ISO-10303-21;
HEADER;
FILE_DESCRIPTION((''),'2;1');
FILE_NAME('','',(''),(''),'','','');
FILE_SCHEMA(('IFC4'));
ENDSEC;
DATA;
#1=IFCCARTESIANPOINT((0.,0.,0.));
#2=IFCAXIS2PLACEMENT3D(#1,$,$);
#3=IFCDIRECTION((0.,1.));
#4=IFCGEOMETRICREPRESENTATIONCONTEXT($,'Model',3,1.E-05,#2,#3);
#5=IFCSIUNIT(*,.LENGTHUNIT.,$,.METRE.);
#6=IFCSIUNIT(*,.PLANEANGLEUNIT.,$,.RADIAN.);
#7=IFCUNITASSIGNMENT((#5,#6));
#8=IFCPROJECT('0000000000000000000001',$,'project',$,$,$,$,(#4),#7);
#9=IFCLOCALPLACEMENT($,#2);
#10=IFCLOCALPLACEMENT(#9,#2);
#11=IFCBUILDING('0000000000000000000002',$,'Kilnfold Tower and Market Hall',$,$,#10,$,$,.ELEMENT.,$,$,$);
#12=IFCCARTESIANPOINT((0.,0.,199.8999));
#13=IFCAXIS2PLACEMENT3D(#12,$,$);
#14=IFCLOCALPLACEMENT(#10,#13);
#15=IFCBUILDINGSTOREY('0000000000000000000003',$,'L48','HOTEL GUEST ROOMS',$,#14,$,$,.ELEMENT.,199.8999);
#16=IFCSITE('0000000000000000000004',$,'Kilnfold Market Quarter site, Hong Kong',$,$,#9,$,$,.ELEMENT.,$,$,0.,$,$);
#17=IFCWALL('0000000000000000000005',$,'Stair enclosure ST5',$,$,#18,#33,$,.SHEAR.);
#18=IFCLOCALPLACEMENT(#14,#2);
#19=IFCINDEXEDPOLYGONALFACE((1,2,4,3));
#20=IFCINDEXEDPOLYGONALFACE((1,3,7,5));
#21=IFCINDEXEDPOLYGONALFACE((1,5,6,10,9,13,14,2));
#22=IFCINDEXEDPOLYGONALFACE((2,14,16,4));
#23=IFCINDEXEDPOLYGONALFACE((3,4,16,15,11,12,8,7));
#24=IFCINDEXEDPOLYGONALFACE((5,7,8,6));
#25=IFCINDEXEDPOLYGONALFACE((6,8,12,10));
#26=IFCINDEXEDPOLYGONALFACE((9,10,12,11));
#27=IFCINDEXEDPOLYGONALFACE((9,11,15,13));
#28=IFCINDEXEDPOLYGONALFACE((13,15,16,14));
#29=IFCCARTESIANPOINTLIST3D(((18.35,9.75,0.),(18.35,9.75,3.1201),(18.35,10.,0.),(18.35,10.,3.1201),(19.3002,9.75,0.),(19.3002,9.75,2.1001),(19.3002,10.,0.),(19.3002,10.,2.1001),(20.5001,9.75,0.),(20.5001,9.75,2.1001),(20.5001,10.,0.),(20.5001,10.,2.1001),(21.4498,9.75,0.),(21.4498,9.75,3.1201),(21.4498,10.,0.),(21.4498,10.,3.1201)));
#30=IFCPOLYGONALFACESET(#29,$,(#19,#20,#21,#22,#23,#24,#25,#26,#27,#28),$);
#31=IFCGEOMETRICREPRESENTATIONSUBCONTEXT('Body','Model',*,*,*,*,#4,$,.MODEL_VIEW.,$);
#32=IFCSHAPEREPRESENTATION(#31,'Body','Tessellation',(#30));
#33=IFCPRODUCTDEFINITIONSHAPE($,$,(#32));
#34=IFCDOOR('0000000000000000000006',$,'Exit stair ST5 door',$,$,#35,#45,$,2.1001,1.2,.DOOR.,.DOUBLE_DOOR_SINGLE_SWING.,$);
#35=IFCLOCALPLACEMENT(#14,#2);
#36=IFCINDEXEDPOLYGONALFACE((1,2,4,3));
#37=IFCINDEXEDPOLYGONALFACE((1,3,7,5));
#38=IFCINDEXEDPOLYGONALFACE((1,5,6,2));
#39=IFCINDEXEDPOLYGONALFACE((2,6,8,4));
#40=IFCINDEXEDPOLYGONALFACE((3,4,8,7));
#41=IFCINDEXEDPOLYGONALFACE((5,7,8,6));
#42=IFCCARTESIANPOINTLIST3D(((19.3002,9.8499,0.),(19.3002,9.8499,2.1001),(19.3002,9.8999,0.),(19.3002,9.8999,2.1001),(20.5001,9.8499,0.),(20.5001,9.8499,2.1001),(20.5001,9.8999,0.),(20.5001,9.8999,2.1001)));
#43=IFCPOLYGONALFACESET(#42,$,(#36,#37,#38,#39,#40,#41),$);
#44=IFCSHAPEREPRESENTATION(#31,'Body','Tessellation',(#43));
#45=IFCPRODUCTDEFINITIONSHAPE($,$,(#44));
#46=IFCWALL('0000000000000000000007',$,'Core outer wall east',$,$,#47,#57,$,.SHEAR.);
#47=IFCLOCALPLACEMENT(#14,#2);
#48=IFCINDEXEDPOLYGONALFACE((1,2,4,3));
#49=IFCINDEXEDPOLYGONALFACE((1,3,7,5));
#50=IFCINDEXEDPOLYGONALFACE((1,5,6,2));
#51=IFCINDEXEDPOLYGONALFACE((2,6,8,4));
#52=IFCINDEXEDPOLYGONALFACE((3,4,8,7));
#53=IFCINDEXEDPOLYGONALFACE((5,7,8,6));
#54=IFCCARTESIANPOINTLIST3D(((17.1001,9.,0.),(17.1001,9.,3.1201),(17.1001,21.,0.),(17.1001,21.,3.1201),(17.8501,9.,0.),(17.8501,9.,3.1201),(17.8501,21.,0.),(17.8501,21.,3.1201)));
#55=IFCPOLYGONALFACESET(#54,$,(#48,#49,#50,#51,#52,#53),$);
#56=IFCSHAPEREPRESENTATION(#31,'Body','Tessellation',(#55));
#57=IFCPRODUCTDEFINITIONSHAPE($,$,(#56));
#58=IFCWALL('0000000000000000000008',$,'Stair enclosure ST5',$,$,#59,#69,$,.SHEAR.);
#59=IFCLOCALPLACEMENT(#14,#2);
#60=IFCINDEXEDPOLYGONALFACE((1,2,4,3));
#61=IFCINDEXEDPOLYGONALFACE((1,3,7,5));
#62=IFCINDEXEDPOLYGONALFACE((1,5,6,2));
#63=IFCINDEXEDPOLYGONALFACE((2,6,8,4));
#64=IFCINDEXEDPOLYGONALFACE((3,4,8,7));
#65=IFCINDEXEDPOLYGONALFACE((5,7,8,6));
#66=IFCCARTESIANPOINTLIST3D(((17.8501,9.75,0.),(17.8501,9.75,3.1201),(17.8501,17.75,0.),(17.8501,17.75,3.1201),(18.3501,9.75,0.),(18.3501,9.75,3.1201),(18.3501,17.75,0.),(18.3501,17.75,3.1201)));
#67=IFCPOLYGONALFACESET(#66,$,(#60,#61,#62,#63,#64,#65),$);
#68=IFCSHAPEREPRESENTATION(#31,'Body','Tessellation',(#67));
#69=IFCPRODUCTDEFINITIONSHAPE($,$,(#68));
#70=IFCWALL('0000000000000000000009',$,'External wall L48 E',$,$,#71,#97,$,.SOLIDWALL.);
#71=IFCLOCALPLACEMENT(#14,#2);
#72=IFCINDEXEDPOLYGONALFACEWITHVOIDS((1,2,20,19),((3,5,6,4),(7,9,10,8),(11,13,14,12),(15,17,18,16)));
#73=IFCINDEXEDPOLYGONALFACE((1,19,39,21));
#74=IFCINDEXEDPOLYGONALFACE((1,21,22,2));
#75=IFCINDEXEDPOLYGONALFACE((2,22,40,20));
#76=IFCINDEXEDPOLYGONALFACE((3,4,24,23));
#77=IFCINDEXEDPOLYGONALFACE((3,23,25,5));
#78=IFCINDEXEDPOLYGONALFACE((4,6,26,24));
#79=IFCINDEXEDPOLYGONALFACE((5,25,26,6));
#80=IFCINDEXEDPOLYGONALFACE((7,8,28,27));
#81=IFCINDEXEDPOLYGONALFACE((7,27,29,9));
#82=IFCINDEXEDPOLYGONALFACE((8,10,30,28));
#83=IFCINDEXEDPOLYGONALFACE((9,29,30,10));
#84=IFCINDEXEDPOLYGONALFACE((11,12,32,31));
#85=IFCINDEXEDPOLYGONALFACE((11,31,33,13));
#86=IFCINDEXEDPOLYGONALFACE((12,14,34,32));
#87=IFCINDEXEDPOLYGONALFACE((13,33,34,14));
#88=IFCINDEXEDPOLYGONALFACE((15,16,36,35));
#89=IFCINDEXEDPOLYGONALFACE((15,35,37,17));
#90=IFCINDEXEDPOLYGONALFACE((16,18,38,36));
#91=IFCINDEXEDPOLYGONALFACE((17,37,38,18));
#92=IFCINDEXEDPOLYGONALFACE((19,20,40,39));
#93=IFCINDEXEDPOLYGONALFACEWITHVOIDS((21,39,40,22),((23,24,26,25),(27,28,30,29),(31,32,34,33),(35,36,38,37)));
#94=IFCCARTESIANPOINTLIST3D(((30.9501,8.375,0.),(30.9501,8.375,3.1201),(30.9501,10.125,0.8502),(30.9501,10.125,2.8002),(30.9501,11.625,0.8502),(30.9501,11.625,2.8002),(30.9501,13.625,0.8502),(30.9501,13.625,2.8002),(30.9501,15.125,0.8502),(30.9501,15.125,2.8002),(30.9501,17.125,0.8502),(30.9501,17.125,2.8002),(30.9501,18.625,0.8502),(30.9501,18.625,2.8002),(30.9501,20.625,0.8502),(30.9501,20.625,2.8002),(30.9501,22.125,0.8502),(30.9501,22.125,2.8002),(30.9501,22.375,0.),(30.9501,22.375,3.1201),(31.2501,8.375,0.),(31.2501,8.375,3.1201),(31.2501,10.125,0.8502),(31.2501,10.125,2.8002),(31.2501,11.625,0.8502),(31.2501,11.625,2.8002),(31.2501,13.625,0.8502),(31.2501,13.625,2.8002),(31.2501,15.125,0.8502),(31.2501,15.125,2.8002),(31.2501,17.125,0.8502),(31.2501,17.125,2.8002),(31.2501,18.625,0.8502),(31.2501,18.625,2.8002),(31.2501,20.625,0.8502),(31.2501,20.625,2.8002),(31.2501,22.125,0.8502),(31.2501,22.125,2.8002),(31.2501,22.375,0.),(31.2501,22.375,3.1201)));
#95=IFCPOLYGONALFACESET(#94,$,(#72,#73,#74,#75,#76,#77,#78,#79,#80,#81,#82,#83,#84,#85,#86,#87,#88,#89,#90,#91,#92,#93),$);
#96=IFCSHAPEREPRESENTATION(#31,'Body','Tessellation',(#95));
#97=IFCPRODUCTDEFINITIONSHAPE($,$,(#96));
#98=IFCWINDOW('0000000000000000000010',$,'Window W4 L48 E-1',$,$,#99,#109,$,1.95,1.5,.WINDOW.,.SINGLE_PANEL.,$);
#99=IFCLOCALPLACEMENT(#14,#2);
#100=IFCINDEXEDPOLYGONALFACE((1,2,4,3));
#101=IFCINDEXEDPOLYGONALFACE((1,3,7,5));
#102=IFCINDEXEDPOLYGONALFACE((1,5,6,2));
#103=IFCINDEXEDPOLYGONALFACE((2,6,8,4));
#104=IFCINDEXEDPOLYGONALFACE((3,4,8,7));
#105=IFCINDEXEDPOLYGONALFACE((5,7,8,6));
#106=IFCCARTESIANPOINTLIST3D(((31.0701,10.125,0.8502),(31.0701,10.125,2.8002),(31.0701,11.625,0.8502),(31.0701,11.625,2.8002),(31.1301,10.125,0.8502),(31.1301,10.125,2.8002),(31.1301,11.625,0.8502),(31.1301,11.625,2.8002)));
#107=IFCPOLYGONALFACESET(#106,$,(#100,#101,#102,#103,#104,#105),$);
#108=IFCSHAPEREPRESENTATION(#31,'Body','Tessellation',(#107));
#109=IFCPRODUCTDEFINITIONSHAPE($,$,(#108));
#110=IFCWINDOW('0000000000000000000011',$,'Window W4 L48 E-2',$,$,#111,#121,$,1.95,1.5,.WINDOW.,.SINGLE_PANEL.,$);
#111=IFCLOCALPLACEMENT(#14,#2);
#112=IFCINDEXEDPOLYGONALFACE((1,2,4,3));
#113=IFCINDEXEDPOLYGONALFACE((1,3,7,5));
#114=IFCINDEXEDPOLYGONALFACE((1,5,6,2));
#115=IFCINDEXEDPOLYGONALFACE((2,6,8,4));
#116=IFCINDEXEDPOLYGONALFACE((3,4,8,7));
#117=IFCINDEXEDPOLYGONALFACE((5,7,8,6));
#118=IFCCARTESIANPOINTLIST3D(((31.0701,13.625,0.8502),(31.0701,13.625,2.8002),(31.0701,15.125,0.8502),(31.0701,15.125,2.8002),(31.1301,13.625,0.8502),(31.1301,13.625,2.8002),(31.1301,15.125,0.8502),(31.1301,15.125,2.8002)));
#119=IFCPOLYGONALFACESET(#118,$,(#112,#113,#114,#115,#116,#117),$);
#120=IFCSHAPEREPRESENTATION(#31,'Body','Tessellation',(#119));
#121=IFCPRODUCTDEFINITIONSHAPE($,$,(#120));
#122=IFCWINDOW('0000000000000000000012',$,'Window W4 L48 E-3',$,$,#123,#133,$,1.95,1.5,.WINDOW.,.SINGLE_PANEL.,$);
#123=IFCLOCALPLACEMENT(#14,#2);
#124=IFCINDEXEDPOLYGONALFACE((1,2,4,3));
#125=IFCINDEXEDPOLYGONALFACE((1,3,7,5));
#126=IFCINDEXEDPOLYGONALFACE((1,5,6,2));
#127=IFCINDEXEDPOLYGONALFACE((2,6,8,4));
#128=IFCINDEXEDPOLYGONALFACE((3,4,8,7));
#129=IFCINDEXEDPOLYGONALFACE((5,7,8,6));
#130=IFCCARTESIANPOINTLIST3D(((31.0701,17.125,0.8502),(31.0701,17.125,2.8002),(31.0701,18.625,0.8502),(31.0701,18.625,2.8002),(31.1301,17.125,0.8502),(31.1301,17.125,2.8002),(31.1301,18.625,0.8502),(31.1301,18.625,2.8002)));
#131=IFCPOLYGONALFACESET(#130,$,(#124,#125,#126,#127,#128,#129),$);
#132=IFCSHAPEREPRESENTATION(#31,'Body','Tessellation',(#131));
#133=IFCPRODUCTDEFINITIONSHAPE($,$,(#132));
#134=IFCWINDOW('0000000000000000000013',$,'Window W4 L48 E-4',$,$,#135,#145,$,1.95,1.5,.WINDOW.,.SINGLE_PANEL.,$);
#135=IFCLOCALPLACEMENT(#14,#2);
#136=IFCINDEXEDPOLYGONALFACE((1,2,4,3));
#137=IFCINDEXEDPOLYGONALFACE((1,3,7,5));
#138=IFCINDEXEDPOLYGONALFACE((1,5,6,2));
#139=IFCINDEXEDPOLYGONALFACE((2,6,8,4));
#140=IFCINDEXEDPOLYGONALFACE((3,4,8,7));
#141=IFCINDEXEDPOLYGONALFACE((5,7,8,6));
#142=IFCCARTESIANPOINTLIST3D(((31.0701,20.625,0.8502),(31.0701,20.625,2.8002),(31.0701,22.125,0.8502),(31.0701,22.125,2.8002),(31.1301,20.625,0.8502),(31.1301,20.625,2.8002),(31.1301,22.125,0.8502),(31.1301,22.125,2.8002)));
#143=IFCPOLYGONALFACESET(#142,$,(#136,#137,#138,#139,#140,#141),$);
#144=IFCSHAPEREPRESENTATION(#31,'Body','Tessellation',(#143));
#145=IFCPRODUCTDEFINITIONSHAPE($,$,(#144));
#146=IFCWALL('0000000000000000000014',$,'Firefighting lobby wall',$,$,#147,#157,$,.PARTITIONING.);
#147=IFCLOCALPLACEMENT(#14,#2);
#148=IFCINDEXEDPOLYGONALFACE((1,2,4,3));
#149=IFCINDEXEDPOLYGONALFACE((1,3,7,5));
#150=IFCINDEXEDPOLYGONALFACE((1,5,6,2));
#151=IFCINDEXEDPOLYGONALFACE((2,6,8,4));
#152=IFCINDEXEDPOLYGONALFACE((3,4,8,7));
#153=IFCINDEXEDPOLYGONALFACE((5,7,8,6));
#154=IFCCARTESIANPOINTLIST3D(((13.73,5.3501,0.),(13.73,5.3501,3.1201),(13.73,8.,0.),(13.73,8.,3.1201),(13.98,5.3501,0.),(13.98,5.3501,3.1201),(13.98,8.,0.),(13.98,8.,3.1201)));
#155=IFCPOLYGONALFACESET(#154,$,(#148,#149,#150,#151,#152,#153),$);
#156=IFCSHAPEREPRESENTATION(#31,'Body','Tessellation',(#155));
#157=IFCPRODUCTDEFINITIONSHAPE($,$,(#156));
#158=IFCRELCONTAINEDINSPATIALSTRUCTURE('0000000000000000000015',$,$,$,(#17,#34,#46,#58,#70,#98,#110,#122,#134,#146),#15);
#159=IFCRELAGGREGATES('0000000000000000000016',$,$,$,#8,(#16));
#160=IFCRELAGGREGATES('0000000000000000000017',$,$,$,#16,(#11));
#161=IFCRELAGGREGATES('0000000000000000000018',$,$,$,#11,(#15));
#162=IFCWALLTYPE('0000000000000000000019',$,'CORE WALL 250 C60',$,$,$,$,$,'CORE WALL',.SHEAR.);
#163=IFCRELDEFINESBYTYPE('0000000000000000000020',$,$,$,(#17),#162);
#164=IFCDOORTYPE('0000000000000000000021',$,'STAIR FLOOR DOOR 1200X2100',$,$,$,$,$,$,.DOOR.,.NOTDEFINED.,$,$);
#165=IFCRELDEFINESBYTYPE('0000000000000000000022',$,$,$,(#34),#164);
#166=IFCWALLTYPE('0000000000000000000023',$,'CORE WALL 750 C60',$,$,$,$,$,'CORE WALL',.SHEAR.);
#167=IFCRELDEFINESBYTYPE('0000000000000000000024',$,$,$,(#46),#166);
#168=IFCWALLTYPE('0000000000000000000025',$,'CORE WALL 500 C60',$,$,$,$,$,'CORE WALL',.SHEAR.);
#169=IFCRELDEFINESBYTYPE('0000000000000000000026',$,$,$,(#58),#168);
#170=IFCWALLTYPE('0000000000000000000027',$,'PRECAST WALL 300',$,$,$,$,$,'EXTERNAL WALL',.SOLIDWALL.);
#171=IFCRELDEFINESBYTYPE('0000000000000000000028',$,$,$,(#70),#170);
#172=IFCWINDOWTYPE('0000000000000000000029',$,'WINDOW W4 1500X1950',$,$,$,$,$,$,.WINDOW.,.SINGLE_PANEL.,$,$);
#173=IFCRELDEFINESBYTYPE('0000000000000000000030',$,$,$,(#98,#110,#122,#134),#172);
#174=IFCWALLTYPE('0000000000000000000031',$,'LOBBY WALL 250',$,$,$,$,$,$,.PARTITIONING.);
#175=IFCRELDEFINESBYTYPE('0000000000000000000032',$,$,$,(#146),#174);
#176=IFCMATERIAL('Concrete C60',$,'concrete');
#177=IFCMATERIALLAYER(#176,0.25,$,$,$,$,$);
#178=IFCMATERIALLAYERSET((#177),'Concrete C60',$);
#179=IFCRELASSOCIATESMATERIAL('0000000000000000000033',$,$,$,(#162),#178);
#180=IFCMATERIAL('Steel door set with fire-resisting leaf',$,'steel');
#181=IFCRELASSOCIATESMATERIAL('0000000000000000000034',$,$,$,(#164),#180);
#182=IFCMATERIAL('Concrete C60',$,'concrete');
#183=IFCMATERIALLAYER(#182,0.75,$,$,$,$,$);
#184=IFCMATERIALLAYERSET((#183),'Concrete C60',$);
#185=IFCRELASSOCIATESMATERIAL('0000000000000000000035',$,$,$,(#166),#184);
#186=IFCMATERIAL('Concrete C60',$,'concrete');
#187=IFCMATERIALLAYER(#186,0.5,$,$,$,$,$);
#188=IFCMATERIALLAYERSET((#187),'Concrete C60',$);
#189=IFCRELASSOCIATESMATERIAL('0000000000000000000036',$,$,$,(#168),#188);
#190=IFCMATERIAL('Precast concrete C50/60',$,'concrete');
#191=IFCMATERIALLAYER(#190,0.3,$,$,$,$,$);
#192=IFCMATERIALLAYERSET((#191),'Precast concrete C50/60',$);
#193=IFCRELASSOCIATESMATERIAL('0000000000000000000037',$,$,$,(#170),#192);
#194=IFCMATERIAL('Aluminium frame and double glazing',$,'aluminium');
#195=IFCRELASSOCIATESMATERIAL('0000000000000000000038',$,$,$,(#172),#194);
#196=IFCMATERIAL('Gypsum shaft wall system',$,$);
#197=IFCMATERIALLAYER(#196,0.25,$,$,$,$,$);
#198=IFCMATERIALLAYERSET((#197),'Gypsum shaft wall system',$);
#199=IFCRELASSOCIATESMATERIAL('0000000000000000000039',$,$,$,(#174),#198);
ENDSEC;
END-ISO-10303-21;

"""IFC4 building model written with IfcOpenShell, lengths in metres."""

from ifc_helpers import new_model, si_unit, direction, frame, frame_2d, origin, place, context, subcontext, project, spatial, rectangle, extrude, source, transform, mapped, material, layer, layer_set, type_object, element, fill, save


model = new_model("IFC4")

# Units and contexts
model_context = context("Model", 3, precision=1e-05, world=origin(), true_north=direction((0.0, 1.0)))
body_context = subcontext(model_context, "Body", "Model", "MODEL_VIEW")
ifc_project = project(units=[si_unit("LENGTHUNIT", "METRE"), si_unit("PLANEANGLEUNIT", "RADIAN")], contexts=[model_context])

# Site, building, storey
site_placement = place(None, origin())
site = spatial("IfcSite", under=ifc_project, at=site_placement, Name="Kilnfold Market Quarter site, Hong Kong", CompositionType="ELEMENT", RefElevation=0.0)
building_placement = place(site_placement, origin())
building = spatial("IfcBuilding", under=site, at=building_placement, Name="Kilnfold Tower and Market Hall", CompositionType="ELEMENT")
storey_placement = place(building_placement, frame((0.0, 0.0, 199.8999)))
storey = spatial("IfcBuildingStorey", under=building, at=storey_placement, Name="L48", Description="HOTEL GUEST ROOMS", CompositionType="ELEMENT", Elevation=199.8999)

# Shared definitions
ifc_material_1 = material(Name="Concrete C60", Category="concrete")
ifc_layer_1 = layer(ifc_material_1, 0.25)
ifc_layer_set_1 = layer_set([ifc_layer_1], Name="Concrete C60")
wall_type_1 = type_object("IfcWallType", Name="CORE WALL 250 C60", ElementType="CORE WALL", PredefinedType="SHEAR", material=ifc_layer_set_1)

# Wall, opening, door
shared_shape_1 = source(origin(), body_context, "Body", "SweptSolid", [
    extrude(rectangle(XDim=3.0999, YDim=0.25, at=frame_2d((1.5498, 0.0))), origin(), (0.0, 0.0, 1.0), 3.1201),
])
wall_1_placement = place(storey_placement, frame((18.3501, 9.875, 0.0), z_axis=(0.0, 0.0, 1.0), x_axis=(1.0, 0.0, 0.0)))
wall_1 = element("IfcWall", 1, at=wall_1_placement, inside=storey, type_object=wall_type_1, Name="Stair enclosure ST5", PredefinedType="SHEAR", context=body_context, shape_type="MappedRepresentation", body=[
    mapped(shared_shape_1, transform((0.0, 0.0, 0.0))),
])
opening_1_placement = place(wall_1_placement, frame((0.95, 0.0, 0.0)))
opening_1 = element("IfcOpeningElement", 2, at=opening_1_placement, cuts=wall_1, PredefinedType="OPENING", context=body_context, shape_type="SweptSolid", body=[
    extrude(rectangle(XDim=1.2, YDim=2.1001, at=frame_2d((0.6001, 1.05))), frame((0.0, 0.135, 0.0), z_axis=(0.0, -1.0, 0.0), x_axis=(1.0, 0.0, 0.0)), (0.0, 0.0, 1.0), 0.27),
])
ifc_material_2 = material(Name="Steel door set with fire-resisting leaf", Category="steel")
door_type_1 = type_object("IfcDoorType", Name="STAIR FLOOR DOOR 1200X2100", OperationType="NOTDEFINED", PredefinedType="DOOR", material=ifc_material_2)
door_1_placement = place(opening_1_placement, origin())
door_1 = element("IfcDoor", 3, at=door_1_placement, inside=storey, type_object=door_type_1, Name="Exit stair ST5 door", OperationType="DOUBLE_DOOR_SINGLE_SWING", OverallHeight=2.1001, OverallWidth=1.2, PredefinedType="DOOR", context=body_context, shape_type="SweptSolid", body=[
    extrude(rectangle(XDim=1.2, YDim=2.1001, at=frame_2d((0.6001, 1.05))), frame((0.0, 0.0249, 0.0), z_axis=(0.0, -1.0, 0.0), x_axis=(1.0, 0.0, 0.0)), (0.0, 0.0, 1.0), 0.05),
])
fill(opening_1, door_1)

# Walls
ifc_material_3 = material(Name="Concrete C60", Category="concrete")
ifc_layer_2 = layer(ifc_material_3, 0.75)
ifc_layer_set_2 = layer_set([ifc_layer_2], Name="Concrete C60")
wall_type_2 = type_object("IfcWallType", Name="CORE WALL 750 C60", ElementType="CORE WALL", PredefinedType="SHEAR", material=ifc_layer_set_2)
shared_shape_2 = source(origin(), body_context, "Body", "SweptSolid", [
    extrude(rectangle(XDim=12.0, YDim=0.75, at=frame_2d((6.0, 0.0))), origin(), (0.0, 0.0, 1.0), 3.1201),
])
wall_2_placement = place(storey_placement, frame((17.4751, 9.0, 0.0), z_axis=(0.0, 0.0, 1.0), x_axis=(0.0, 1.0, 0.0)))
element("IfcWall", 4, at=wall_2_placement, inside=storey, type_object=wall_type_2, Name="Core outer wall east", PredefinedType="SHEAR", context=body_context, shape_type="MappedRepresentation", body=[
    mapped(shared_shape_2, transform((0.0, 0.0, 0.0))),
])
ifc_material_4 = material(Name="Concrete C60", Category="concrete")
ifc_layer_3 = layer(ifc_material_4, 0.5)
ifc_layer_set_3 = layer_set([ifc_layer_3], Name="Concrete C60")
wall_type_3 = type_object("IfcWallType", Name="CORE WALL 500 C60", ElementType="CORE WALL", PredefinedType="SHEAR", material=ifc_layer_set_3)
shared_shape_3 = source(origin(), body_context, "Body", "SweptSolid", [
    extrude(rectangle(XDim=8.0, YDim=0.5, at=frame_2d((4.0, 0.0))), origin(), (0.0, 0.0, 1.0), 3.1201),
])
wall_3_placement = place(storey_placement, frame((18.1001, 9.75, 0.0), z_axis=(0.0, 0.0, 1.0), x_axis=(0.0, 1.0, 0.0)))
element("IfcWall", 5, at=wall_3_placement, inside=storey, type_object=wall_type_3, Name="Stair enclosure ST5", PredefinedType="SHEAR", context=body_context, shape_type="MappedRepresentation", body=[
    mapped(shared_shape_3, transform((0.0, 0.0, 0.0))),
])

# Wall, openings, windows
ifc_material_5 = material(Name="Precast concrete C50/60", Category="concrete")
ifc_layer_4 = layer(ifc_material_5, 0.3)
ifc_layer_set_4 = layer_set([ifc_layer_4], Name="Precast concrete C50/60")
wall_type_4 = type_object("IfcWallType", Name="PRECAST WALL 300", ElementType="EXTERNAL WALL", PredefinedType="SOLIDWALL", material=ifc_layer_set_4)
shared_shape_4 = source(origin(), body_context, "Body", "SweptSolid", [
    extrude(rectangle(XDim=14.0, YDim=0.3, at=frame_2d((7.0, 0.0))), origin(), (0.0, 0.0, 1.0), 3.1201),
])
wall_4_placement = place(storey_placement, frame((31.1001, 8.375, 0.0), z_axis=(0.0, 0.0, 1.0), x_axis=(0.0, 1.0, 0.0)))
wall_4 = element("IfcWall", 6, at=wall_4_placement, inside=storey, type_object=wall_type_4, Name="External wall L48 E", PredefinedType="SOLIDWALL", context=body_context, shape_type="MappedRepresentation", body=[
    mapped(shared_shape_4, transform((0.0, 0.0, 0.0))),
])
opening_2_placement = place(wall_4_placement, frame((1.75, 0.0, 0.8501)))
opening_2 = element("IfcOpeningElement", 7, at=opening_2_placement, cuts=wall_4, PredefinedType="OPENING", context=body_context, shape_type="SweptSolid", body=[
    extrude(rectangle(XDim=1.5, YDim=1.95, at=frame_2d((0.75, 0.9751))), frame((0.0, 0.1602, 0.0), z_axis=(0.0, -1.0, 0.0), x_axis=(1.0, 0.0, 0.0)), (0.0, 0.0, 1.0), 0.3201),
])
opening_3_placement = place(wall_4_placement, frame((5.25, 0.0, 0.8501)))
opening_3 = element("IfcOpeningElement", 8, at=opening_3_placement, cuts=wall_4, PredefinedType="OPENING", context=body_context, shape_type="SweptSolid", body=[
    extrude(rectangle(XDim=1.5, YDim=1.95, at=frame_2d((0.75, 0.9751))), frame((0.0, 0.1602, 0.0), z_axis=(0.0, -1.0, 0.0), x_axis=(1.0, 0.0, 0.0)), (0.0, 0.0, 1.0), 0.3201),
])
opening_4_placement = place(wall_4_placement, frame((8.75, 0.0, 0.8501)))
opening_4 = element("IfcOpeningElement", 9, at=opening_4_placement, cuts=wall_4, PredefinedType="OPENING", context=body_context, shape_type="SweptSolid", body=[
    extrude(rectangle(XDim=1.5, YDim=1.95, at=frame_2d((0.75, 0.9751))), frame((0.0, 0.1602, 0.0), z_axis=(0.0, -1.0, 0.0), x_axis=(1.0, 0.0, 0.0)), (0.0, 0.0, 1.0), 0.3201),
])
opening_5_placement = place(wall_4_placement, frame((12.25, 0.0, 0.8501)))
opening_5 = element("IfcOpeningElement", 10, at=opening_5_placement, cuts=wall_4, PredefinedType="OPENING", context=body_context, shape_type="SweptSolid", body=[
    extrude(rectangle(XDim=1.5, YDim=1.95, at=frame_2d((0.75, 0.9751))), frame((0.0, 0.1602, 0.0), z_axis=(0.0, -1.0, 0.0), x_axis=(1.0, 0.0, 0.0)), (0.0, 0.0, 1.0), 0.3201),
])
ifc_material_6 = material(Name="Aluminium frame and double glazing", Category="aluminium")
window_type = type_object("IfcWindowType", Name="WINDOW W4 1500X1950", PartitioningType="SINGLE_PANEL", PredefinedType="WINDOW", material=ifc_material_6)
window_1_placement = place(opening_2_placement, origin())
window_1 = element("IfcWindow", 11, at=window_1_placement, inside=storey, type_object=window_type, Name="Window W4 L48 E-1", OverallHeight=1.95, OverallWidth=1.5, PartitioningType="SINGLE_PANEL", PredefinedType="WINDOW", context=body_context, shape_type="SweptSolid", body=[
    extrude(rectangle(XDim=1.5, YDim=1.95, at=frame_2d((0.75, 0.9751))), frame((0.0, 0.03, 0.0), z_axis=(0.0, -1.0, 0.0), x_axis=(1.0, 0.0, 0.0)), (0.0, 0.0, 1.0), 0.0601),
])
fill(opening_2, window_1)
window_2_placement = place(opening_3_placement, origin())
window_2 = element("IfcWindow", 12, at=window_2_placement, inside=storey, type_object=window_type, Name="Window W4 L48 E-2", OverallHeight=1.95, OverallWidth=1.5, PartitioningType="SINGLE_PANEL", PredefinedType="WINDOW", context=body_context, shape_type="SweptSolid", body=[
    extrude(rectangle(XDim=1.5, YDim=1.95, at=frame_2d((0.75, 0.9751))), frame((0.0, 0.03, 0.0), z_axis=(0.0, -1.0, 0.0), x_axis=(1.0, 0.0, 0.0)), (0.0, 0.0, 1.0), 0.0601),
])
fill(opening_3, window_2)
window_3_placement = place(opening_4_placement, origin())
window_3 = element("IfcWindow", 13, at=window_3_placement, inside=storey, type_object=window_type, Name="Window W4 L48 E-3", OverallHeight=1.95, OverallWidth=1.5, PartitioningType="SINGLE_PANEL", PredefinedType="WINDOW", context=body_context, shape_type="SweptSolid", body=[
    extrude(rectangle(XDim=1.5, YDim=1.95, at=frame_2d((0.75, 0.9751))), frame((0.0, 0.03, 0.0), z_axis=(0.0, -1.0, 0.0), x_axis=(1.0, 0.0, 0.0)), (0.0, 0.0, 1.0), 0.0601),
])
fill(opening_4, window_3)
window_4_placement = place(opening_5_placement, origin())
window_4 = element("IfcWindow", 14, at=window_4_placement, inside=storey, type_object=window_type, Name="Window W4 L48 E-4", OverallHeight=1.95, OverallWidth=1.5, PartitioningType="SINGLE_PANEL", PredefinedType="WINDOW", context=body_context, shape_type="SweptSolid", body=[
    extrude(rectangle(XDim=1.5, YDim=1.95, at=frame_2d((0.75, 0.9751))), frame((0.0, 0.03, 0.0), z_axis=(0.0, -1.0, 0.0), x_axis=(1.0, 0.0, 0.0)), (0.0, 0.0, 1.0), 0.0601),
])
fill(opening_5, window_4)

# Wall
ifc_material_7 = material(Name="Gypsum shaft wall system")
ifc_layer_5 = layer(ifc_material_7, 0.25)
ifc_layer_set_5 = layer_set([ifc_layer_5], Name="Gypsum shaft wall system")
wall_type_5 = type_object("IfcWallType", Name="LOBBY WALL 250", PredefinedType="PARTITIONING", material=ifc_layer_set_5)
shared_shape_5 = source(origin(), body_context, "Body", "SweptSolid", [
    extrude(rectangle(XDim=2.6499, YDim=0.25, at=frame_2d((1.325, 0.0))), origin(), (0.0, 0.0, 1.0), 3.1201),
])
wall_5_placement = place(storey_placement, frame((13.855, 5.3501, 0.0), z_axis=(0.0, 0.0, 1.0), x_axis=(0.0, 1.0, 0.0)))
element("IfcWall", 15, at=wall_5_placement, inside=storey, type_object=wall_type_5, Name="Firefighting lobby wall", PredefinedType="PARTITIONING", context=body_context, shape_type="MappedRepresentation", body=[
    mapped(shared_shape_5, transform((0.0, 0.0, 0.0))),
])

save(model, "model.ifc")
